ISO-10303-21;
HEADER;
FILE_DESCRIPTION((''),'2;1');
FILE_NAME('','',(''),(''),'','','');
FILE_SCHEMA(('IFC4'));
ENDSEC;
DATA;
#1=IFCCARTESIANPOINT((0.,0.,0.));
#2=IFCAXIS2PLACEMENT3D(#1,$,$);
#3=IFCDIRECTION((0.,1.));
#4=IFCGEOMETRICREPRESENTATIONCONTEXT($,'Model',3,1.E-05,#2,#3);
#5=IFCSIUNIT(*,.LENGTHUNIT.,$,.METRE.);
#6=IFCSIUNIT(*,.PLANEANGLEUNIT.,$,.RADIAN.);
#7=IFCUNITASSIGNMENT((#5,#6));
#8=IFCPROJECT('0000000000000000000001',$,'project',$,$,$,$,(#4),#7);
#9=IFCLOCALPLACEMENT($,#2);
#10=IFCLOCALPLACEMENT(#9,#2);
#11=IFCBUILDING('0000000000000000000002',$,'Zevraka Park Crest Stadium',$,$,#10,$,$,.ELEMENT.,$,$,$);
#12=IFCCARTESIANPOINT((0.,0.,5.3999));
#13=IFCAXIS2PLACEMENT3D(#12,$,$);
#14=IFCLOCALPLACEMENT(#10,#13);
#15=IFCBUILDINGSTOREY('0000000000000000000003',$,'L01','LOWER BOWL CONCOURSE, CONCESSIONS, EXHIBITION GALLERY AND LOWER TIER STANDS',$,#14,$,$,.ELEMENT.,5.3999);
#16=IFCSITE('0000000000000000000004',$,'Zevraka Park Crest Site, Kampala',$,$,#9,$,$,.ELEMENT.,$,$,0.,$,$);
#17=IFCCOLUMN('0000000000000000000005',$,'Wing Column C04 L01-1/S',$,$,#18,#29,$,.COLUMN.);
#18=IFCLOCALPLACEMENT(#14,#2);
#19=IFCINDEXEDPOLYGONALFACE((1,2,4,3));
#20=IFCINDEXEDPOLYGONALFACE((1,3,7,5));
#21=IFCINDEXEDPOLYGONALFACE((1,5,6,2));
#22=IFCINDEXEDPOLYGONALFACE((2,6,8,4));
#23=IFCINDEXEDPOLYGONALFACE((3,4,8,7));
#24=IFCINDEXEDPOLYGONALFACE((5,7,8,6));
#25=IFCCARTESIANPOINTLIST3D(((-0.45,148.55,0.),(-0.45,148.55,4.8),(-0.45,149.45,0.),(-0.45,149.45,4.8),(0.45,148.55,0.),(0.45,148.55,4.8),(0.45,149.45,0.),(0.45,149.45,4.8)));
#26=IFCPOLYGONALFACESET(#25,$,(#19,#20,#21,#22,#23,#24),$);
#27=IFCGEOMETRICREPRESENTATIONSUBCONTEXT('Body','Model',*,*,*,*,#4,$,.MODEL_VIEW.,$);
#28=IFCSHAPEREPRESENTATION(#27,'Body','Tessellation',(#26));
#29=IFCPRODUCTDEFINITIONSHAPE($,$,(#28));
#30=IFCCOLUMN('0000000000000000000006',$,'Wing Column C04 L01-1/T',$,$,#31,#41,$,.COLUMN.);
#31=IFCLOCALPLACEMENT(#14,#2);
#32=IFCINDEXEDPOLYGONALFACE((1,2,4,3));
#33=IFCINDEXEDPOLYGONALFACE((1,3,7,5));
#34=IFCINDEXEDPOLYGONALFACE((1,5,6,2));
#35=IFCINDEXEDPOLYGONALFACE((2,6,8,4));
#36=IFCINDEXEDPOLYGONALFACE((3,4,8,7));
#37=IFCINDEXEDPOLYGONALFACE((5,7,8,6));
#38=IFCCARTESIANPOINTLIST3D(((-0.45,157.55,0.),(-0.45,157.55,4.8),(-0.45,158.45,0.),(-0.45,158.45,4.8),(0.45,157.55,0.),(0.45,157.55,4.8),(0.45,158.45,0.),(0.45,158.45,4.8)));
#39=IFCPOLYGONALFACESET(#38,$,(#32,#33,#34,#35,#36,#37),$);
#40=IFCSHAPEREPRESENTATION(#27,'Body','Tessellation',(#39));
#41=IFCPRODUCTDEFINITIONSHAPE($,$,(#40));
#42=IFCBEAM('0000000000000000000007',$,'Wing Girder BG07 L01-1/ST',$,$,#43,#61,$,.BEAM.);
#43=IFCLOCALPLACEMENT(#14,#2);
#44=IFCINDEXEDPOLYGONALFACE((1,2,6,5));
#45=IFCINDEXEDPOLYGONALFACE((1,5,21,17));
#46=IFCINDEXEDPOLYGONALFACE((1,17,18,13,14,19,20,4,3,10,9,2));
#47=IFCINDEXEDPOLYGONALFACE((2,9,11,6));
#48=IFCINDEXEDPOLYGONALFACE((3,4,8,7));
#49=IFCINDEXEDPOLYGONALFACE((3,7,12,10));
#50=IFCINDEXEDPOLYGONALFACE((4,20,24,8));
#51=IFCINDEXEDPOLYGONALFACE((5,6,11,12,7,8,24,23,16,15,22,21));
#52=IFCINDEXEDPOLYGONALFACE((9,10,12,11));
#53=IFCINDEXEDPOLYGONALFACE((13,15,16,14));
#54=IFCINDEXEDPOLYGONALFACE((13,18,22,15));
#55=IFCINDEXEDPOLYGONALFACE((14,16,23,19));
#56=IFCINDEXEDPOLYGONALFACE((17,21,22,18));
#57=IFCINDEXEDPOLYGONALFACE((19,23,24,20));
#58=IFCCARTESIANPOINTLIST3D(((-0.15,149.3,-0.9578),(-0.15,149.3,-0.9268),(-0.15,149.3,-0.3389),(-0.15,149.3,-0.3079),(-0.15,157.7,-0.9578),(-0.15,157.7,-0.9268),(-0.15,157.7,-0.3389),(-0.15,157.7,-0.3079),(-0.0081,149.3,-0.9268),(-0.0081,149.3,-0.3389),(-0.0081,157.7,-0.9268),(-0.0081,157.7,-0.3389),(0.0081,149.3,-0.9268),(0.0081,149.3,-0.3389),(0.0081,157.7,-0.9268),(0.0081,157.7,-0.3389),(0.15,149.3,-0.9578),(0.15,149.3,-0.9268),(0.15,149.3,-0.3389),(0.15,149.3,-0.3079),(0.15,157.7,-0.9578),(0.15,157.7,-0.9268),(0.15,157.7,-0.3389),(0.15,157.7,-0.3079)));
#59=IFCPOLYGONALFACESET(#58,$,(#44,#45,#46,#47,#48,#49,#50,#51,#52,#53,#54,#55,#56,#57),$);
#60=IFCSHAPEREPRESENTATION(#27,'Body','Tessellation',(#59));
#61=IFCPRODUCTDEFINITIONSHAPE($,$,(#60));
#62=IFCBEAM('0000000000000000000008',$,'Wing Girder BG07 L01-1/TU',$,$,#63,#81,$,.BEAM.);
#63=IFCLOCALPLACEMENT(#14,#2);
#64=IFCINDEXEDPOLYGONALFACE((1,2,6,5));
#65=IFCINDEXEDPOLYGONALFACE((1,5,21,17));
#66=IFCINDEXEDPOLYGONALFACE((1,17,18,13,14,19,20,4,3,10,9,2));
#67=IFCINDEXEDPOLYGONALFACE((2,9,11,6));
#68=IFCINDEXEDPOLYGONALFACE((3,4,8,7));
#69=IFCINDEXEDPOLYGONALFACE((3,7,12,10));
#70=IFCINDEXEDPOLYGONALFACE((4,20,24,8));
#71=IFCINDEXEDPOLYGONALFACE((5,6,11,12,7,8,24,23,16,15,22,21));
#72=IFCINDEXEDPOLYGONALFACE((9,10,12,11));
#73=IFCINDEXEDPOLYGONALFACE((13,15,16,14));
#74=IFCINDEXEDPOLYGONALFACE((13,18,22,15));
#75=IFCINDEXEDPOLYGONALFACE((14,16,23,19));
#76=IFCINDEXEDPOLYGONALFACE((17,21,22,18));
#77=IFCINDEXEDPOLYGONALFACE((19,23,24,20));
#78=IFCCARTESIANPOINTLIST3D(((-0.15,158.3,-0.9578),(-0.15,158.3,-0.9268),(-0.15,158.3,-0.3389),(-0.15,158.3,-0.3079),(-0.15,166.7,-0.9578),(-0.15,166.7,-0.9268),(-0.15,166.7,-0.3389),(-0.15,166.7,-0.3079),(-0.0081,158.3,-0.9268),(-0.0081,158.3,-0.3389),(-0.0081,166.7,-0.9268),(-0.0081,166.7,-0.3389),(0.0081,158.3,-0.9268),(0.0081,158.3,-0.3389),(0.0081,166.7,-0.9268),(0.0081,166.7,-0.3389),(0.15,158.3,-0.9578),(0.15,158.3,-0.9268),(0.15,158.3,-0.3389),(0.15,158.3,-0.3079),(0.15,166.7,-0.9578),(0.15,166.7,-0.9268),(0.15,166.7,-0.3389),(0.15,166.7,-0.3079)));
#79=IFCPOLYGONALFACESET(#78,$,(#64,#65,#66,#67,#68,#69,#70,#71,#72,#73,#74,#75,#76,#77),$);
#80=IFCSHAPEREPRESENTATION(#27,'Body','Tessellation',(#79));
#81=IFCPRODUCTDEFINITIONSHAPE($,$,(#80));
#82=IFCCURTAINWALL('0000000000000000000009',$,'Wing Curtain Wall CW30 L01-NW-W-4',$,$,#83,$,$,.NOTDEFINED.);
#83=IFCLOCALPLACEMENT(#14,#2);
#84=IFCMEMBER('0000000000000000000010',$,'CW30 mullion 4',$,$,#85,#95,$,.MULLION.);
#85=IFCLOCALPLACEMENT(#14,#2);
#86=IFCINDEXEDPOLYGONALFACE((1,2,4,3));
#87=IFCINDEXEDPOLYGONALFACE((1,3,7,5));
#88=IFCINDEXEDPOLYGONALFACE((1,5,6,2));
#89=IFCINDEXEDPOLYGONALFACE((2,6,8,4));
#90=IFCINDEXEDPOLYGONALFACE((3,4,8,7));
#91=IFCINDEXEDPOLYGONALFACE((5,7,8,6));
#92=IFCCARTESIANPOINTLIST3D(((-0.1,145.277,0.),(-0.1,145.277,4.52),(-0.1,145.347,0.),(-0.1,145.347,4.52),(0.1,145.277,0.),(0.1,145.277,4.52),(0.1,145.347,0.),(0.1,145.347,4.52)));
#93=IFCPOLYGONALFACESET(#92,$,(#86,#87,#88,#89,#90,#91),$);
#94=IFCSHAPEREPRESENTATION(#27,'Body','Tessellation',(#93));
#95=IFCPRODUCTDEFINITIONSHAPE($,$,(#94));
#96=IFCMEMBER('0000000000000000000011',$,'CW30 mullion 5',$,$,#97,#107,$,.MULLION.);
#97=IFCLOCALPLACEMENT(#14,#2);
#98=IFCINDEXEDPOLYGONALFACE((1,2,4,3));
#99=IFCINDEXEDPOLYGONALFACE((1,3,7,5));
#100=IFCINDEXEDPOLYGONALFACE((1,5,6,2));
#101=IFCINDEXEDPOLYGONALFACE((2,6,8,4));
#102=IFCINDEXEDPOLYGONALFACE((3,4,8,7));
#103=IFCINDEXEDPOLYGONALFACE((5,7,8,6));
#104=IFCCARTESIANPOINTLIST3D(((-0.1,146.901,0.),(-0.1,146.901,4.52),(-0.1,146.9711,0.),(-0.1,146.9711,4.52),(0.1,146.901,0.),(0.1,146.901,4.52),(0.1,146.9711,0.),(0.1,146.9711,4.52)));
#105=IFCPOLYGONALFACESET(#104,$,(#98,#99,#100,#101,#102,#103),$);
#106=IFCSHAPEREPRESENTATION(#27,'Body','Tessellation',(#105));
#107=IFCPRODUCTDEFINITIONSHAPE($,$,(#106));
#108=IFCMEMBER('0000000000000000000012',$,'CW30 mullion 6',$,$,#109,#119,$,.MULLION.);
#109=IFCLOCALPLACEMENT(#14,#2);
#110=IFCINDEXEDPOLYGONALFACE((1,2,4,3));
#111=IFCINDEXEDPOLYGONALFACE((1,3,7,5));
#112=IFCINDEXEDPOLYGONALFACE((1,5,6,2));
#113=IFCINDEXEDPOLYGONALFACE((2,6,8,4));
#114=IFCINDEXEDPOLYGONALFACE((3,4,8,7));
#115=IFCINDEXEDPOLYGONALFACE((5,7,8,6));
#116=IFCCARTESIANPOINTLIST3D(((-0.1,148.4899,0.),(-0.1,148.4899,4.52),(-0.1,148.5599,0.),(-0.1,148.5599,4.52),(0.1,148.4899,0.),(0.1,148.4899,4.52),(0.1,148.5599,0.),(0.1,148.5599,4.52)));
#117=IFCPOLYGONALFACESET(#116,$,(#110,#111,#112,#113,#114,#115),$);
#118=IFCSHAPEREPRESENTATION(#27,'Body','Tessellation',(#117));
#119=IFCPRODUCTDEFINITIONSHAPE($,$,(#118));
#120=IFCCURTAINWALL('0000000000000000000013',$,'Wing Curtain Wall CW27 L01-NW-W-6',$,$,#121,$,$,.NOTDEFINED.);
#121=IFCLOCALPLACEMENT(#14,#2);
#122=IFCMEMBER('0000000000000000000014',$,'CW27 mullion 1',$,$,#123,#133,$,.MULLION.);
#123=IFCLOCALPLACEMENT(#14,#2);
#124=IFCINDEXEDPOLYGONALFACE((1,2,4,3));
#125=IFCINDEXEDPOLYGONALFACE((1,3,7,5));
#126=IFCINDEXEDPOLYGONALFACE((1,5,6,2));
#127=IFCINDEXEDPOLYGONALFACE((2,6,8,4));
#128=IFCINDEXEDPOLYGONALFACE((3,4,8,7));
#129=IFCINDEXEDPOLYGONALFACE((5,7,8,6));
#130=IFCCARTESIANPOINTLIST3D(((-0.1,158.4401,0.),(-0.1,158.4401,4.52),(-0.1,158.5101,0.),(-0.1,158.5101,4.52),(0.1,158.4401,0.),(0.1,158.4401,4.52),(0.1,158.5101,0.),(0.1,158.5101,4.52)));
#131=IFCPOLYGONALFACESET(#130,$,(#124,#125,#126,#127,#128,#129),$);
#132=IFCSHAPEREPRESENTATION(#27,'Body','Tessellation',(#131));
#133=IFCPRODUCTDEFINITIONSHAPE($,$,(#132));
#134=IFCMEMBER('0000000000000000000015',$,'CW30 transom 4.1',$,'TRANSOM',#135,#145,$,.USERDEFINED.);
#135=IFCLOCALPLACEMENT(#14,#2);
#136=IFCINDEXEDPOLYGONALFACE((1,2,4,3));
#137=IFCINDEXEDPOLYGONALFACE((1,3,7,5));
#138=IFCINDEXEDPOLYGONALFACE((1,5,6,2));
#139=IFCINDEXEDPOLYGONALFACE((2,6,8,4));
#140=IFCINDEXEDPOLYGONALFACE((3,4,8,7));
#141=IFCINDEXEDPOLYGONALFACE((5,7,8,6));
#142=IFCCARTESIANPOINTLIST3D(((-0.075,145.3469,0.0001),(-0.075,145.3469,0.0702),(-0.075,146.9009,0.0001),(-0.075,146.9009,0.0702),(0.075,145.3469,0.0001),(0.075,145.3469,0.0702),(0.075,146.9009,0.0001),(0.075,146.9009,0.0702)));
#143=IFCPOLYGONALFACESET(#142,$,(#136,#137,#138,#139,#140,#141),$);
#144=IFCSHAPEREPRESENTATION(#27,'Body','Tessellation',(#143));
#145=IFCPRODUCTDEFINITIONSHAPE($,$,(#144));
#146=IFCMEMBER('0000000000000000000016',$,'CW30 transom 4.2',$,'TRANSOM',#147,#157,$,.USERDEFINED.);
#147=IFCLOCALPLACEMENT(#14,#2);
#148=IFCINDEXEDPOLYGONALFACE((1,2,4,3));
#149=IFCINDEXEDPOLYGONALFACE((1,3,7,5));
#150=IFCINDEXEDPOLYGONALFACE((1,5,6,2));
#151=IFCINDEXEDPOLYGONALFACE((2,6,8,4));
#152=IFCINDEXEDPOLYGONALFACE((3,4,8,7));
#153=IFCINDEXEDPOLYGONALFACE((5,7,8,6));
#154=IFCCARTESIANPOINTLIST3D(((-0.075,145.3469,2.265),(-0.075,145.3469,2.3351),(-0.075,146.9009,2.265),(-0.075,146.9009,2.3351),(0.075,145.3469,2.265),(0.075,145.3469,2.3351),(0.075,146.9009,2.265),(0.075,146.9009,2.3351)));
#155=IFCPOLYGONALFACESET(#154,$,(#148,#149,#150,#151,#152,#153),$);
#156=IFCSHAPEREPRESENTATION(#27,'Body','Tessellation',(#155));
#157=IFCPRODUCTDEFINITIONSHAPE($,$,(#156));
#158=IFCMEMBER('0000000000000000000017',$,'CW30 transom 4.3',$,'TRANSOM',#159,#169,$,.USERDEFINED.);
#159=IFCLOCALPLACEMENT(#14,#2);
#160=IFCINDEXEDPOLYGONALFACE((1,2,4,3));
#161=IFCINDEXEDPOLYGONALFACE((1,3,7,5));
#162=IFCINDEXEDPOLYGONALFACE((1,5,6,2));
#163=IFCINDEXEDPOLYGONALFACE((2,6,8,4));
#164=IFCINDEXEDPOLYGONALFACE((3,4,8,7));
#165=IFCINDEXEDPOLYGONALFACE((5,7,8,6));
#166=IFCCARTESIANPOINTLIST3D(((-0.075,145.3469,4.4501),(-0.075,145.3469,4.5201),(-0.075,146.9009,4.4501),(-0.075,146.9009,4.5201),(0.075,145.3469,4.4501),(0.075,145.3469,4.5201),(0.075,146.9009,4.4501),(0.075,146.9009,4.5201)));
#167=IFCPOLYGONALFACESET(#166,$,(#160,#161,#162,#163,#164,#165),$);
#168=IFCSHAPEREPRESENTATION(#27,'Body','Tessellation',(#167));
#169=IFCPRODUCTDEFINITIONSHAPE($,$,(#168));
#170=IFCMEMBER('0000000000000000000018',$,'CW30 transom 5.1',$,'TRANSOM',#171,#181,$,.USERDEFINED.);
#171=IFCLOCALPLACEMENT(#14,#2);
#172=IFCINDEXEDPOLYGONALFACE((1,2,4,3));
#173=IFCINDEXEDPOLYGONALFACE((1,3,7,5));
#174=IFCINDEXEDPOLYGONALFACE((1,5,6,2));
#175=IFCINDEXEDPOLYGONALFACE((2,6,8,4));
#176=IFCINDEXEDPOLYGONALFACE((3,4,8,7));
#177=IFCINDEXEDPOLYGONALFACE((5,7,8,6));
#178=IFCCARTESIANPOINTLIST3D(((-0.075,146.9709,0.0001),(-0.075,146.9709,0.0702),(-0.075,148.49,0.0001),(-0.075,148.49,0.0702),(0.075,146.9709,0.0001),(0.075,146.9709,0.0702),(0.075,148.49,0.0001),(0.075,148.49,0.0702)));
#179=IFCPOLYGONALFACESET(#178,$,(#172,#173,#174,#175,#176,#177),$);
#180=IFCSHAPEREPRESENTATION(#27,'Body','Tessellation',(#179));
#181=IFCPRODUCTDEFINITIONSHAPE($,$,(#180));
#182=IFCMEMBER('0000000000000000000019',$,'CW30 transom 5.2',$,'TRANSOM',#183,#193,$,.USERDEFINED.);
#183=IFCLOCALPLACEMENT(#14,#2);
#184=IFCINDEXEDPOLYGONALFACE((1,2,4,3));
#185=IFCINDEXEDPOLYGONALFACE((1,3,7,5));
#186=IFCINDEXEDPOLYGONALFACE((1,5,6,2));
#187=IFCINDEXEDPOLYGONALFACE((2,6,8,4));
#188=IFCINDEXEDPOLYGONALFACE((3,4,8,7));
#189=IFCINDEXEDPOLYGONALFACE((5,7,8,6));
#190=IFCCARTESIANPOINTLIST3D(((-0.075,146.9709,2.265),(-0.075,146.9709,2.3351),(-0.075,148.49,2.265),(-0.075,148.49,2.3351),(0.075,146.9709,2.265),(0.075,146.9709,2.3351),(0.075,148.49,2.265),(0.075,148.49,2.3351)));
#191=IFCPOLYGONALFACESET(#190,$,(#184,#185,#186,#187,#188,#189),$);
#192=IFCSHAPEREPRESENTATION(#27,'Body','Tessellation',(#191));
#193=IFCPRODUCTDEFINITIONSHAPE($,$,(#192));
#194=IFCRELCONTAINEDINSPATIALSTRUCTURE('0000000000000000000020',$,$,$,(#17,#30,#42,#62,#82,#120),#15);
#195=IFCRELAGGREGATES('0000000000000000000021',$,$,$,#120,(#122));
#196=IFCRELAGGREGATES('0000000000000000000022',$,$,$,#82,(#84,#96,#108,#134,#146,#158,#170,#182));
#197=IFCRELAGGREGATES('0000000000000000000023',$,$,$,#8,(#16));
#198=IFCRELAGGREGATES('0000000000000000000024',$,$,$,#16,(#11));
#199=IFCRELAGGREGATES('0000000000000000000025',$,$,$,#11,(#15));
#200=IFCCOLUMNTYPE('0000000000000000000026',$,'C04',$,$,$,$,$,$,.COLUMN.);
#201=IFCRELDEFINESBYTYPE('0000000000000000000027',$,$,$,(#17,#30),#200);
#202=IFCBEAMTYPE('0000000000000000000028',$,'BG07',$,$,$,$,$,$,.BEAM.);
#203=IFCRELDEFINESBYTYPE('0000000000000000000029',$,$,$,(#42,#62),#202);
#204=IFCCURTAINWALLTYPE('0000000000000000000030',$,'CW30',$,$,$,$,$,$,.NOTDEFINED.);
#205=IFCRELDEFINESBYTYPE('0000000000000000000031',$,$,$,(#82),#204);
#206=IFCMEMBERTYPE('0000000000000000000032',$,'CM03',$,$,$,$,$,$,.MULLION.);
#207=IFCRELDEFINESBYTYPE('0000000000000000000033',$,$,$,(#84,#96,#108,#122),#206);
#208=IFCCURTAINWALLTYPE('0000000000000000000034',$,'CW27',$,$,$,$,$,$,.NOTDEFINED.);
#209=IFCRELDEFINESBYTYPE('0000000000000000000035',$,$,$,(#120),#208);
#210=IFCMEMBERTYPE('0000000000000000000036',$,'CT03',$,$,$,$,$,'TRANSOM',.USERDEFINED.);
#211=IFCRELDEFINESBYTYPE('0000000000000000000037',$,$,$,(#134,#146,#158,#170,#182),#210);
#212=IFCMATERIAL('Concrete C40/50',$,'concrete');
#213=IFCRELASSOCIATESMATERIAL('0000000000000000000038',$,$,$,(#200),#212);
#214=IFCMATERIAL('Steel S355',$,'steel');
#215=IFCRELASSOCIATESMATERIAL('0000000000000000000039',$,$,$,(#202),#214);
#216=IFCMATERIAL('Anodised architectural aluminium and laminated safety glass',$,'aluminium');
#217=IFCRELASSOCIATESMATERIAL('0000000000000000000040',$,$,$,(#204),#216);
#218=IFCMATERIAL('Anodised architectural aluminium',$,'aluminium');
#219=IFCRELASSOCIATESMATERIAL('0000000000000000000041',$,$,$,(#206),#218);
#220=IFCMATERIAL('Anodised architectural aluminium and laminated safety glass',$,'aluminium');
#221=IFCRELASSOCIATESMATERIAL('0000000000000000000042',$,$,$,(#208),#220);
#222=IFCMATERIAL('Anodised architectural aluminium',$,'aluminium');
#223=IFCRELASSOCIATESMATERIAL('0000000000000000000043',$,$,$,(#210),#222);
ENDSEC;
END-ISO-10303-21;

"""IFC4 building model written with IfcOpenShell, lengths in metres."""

from ifc_helpers import new_model, si_unit, direction, frame, origin, origin_2d, place, context, subcontext, project, spatial, rectangle, i_section, extrude, material, material_profile, profile_set, type_object, element, aggregate, save


model = new_model("IFC4")

# Units and contexts
model_context = context("Model", 3, precision=1e-05, world=origin(), true_north=direction((0.0, 1.0)))
body_context = subcontext(model_context, "Body", "Model", "MODEL_VIEW")
ifc_project = project(units=[si_unit("LENGTHUNIT", "METRE"), si_unit("PLANEANGLEUNIT", "RADIAN")], contexts=[model_context])

# Site, building, storey
site_placement = place(None, origin())
site = spatial("IfcSite", under=ifc_project, at=site_placement, Name="Zevraka Park Crest Site, Kampala", CompositionType="ELEMENT", RefElevation=0.0)
building_placement = place(site_placement, origin())
building = spatial("IfcBuilding", under=site, at=building_placement, Name="Zevraka Park Crest Stadium", CompositionType="ELEMENT")
storey_placement = place(building_placement, frame((0.0, 0.0, 5.3999)))
storey = spatial("IfcBuildingStorey", under=building, at=storey_placement, Name="L01", Description="LOWER BOWL CONCOURSE, CONCESSIONS, EXHIBITION GALLERY AND LOWER TIER STANDS", CompositionType="ELEMENT", Elevation=5.3999)

# Columns
ifc_material_1 = material(Name="Concrete C40/50", Category="concrete")
ifc_material_profile_1 = material_profile(ifc_material_1, rectangle(XDim=0.8999, YDim=0.8999, at=origin_2d()), Name="RC 900x900")
ifc_profile_set_1 = profile_set([ifc_material_profile_1], Name="Concrete C40/50")
column_type = type_object("IfcColumnType", Name="C04", PredefinedType="COLUMN", material=ifc_profile_set_1)
for number, where, z_axis, x_axis, name in (
    (1, (0.0, 149.0, 0.0), (0.0, 0.0, 1.0), (1.0, 0.0, 0.0), "Wing Column C04 L01-1/S"),
    (2, (0.0, 158.0, 0.0), (0.0, 0.0, 1.0), (1.0, 0.0, 0.0), "Wing Column C04 L01-1/T"),
):
    element("IfcColumn", number, at=place(storey_placement, frame(where, z_axis=z_axis, x_axis=x_axis)), inside=storey, type_object=column_type, Name=name, PredefinedType="COLUMN", context=body_context, shape_type="SweptSolid", body=[
        extrude(rectangle(XDim=0.8999, YDim=0.8999, at=origin_2d()), origin(), (0.0, 0.0, 1.0), 4.8),
    ])

# Beams
ifc_material_2 = material(Name="Steel S355", Category="steel")
ifc_material_profile_2 = material_profile(ifc_material_2, i_section(OverallWidth=0.3, OverallDepth=0.6499, WebThickness=0.0161, FlangeThickness=0.031, at=origin_2d()), Name="HEB 650")
ifc_profile_set_2 = profile_set([ifc_material_profile_2], Name="Steel S355")
beam_type = type_object("IfcBeamType", Name="BG07", PredefinedType="BEAM", material=ifc_profile_set_2)
for number, where, z_axis, x_axis, name in (
    (3, (0.0, 149.3, -0.6328), (0.0, 1.0, 0.0), (-1.0, 0.0, 0.0), "Wing Girder BG07 L01-1/ST"),
    (4, (0.0, 158.3, -0.6328), (0.0, 1.0, 0.0), (-1.0, 0.0, 0.0), "Wing Girder BG07 L01-1/TU"),
):
    element("IfcBeam", number, at=place(storey_placement, frame(where, z_axis=z_axis, x_axis=x_axis)), inside=storey, type_object=beam_type, Name=name, PredefinedType="BEAM", context=body_context, shape_type="SweptSolid", body=[
        extrude(i_section(OverallWidth=0.3, OverallDepth=0.6499, WebThickness=0.0161, FlangeThickness=0.031, at=origin_2d()), origin(), (0.0, 0.0, 1.0), 8.3999),
    ])

# Curtain wall, members
ifc_material_3 = material(Name="Anodised architectural aluminium and laminated safety glass", Category="aluminium")
curtain_wall_type_1 = type_object("IfcCurtainWallType", Name="CW30", PredefinedType="NOTDEFINED", material=ifc_material_3)
curtain_wall_1_placement = place(storey_placement, origin())
curtain_wall_1 = element("IfcCurtainWall", 5, at=curtain_wall_1_placement, inside=storey, type_object=curtain_wall_type_1, Name="Wing Curtain Wall CW30 L01-NW-W-4", PredefinedType="NOTDEFINED")
ifc_material_4 = material(Name="Anodised architectural aluminium", Category="aluminium")
ifc_material_profile_3 = material_profile(ifc_material_4, rectangle(XDim=0.2, YDim=0.0701, at=origin_2d()), Name="ALU MULLION 200x70")
ifc_profile_set_3 = profile_set([ifc_material_profile_3], Name="Anodised architectural aluminium")
member_type_1 = type_object("IfcMemberType", Name="CM03", PredefinedType="MULLION", material=ifc_profile_set_3)
member_1_placement = place(storey_placement, frame((0.0, 145.312, 0.0), z_axis=(0.0, 0.0, 1.0), x_axis=(-1.0, 0.0, 0.0)))
member_1 = element("IfcMember", 6, at=member_1_placement, type_object=member_type_1, Name="CW30 mullion 4", PredefinedType="MULLION", context=body_context, shape_type="SweptSolid", body=[
    extrude(rectangle(XDim=0.2, YDim=0.0701, at=origin_2d()), origin(), (0.0, 0.0, 1.0), 4.52),
])
member_2_placement = place(storey_placement, frame((0.0, 146.936, 0.0), z_axis=(0.0, 0.0, 1.0), x_axis=(-1.0, 0.0, 0.0)))
member_2 = element("IfcMember", 7, at=member_2_placement, type_object=member_type_1, Name="CW30 mullion 5", PredefinedType="MULLION", context=body_context, shape_type="SweptSolid", body=[
    extrude(rectangle(XDim=0.2, YDim=0.0701, at=origin_2d()), origin(), (0.0, 0.0, 1.0), 4.52),
])
member_3_placement = place(storey_placement, frame((0.0, 148.5249, 0.0), z_axis=(0.0, 0.0, 1.0), x_axis=(-1.0, 0.0, 0.0)))
member_3 = element("IfcMember", 8, at=member_3_placement, type_object=member_type_1, Name="CW30 mullion 6", PredefinedType="MULLION", context=body_context, shape_type="SweptSolid", body=[
    extrude(rectangle(XDim=0.2, YDim=0.0701, at=origin_2d()), origin(), (0.0, 0.0, 1.0), 4.52),
])

# Curtain wall, member
ifc_material_5 = material(Name="Anodised architectural aluminium and laminated safety glass", Category="aluminium")
curtain_wall_type_2 = type_object("IfcCurtainWallType", Name="CW27", PredefinedType="NOTDEFINED", material=ifc_material_5)
curtain_wall_2_placement = place(storey_placement, origin())
curtain_wall_2 = element("IfcCurtainWall", 9, at=curtain_wall_2_placement, inside=storey, type_object=curtain_wall_type_2, Name="Wing Curtain Wall CW27 L01-NW-W-6", PredefinedType="NOTDEFINED")
member_4_placement = place(storey_placement, frame((0.0, 158.4751, 0.0), z_axis=(0.0, 0.0, 1.0), x_axis=(-1.0, 0.0, 0.0)))
member_4 = element("IfcMember", 10, at=member_4_placement, type_object=member_type_1, Name="CW27 mullion 1", PredefinedType="MULLION", context=body_context, shape_type="SweptSolid", body=[
    extrude(rectangle(XDim=0.2, YDim=0.0701, at=origin_2d()), origin(), (0.0, 0.0, 1.0), 4.52),
])

# Members
ifc_material_6 = material(Name="Anodised architectural aluminium", Category="aluminium")
ifc_material_profile_4 = material_profile(ifc_material_6, rectangle(XDim=0.1499, YDim=0.0701, at=origin_2d()), Name="ALU TRANSOM 150x70")
ifc_profile_set_4 = profile_set([ifc_material_profile_4], Name="Anodised architectural aluminium")
member_type_2 = type_object("IfcMemberType", Name="CT03", ElementType="TRANSOM", PredefinedType="USERDEFINED", material=ifc_profile_set_4)
member_5_placement = place(storey_placement, frame((0.0, 145.3469, 0.0352), z_axis=(0.0, 1.0, 0.0), x_axis=(-1.0, 0.0, 0.0)))
member_5 = element("IfcMember", 11, at=member_5_placement, type_object=member_type_2, Name="CW30 transom 4.1", ObjectType="TRANSOM", PredefinedType="USERDEFINED", context=body_context, shape_type="SweptSolid", body=[
    extrude(rectangle(XDim=0.1499, YDim=0.0701, at=origin_2d()), origin(), (0.0, 0.0, 1.0), 1.554),
])
member_6_placement = place(storey_placement, frame((0.0, 145.3469, 2.3), z_axis=(0.0, 1.0, 0.0), x_axis=(-1.0, 0.0, 0.0)))
member_6 = element("IfcMember", 12, at=member_6_placement, type_object=member_type_2, Name="CW30 transom 4.2", ObjectType="TRANSOM", PredefinedType="USERDEFINED", context=body_context, shape_type="SweptSolid", body=[
    extrude(rectangle(XDim=0.1499, YDim=0.0701, at=origin_2d()), origin(), (0.0, 0.0, 1.0), 1.554),
])
member_7_placement = place(storey_placement, frame((0.0, 145.3469, 4.4851), z_axis=(0.0, 1.0, 0.0), x_axis=(-1.0, 0.0, 0.0)))
member_7 = element("IfcMember", 13, at=member_7_placement, type_object=member_type_2, Name="CW30 transom 4.3", ObjectType="TRANSOM", PredefinedType="USERDEFINED", context=body_context, shape_type="SweptSolid", body=[
    extrude(rectangle(XDim=0.1499, YDim=0.0701, at=origin_2d()), origin(), (0.0, 0.0, 1.0), 1.554),
])
member_8_placement = place(storey_placement, frame((0.0, 146.9709, 0.0352), z_axis=(0.0, 1.0, 0.0), x_axis=(-1.0, 0.0, 0.0)))
member_8 = element("IfcMember", 14, at=member_8_placement, type_object=member_type_2, Name="CW30 transom 5.1", ObjectType="TRANSOM", PredefinedType="USERDEFINED", context=body_context, shape_type="SweptSolid", body=[
    extrude(rectangle(XDim=0.1499, YDim=0.0701, at=origin_2d()), origin(), (0.0, 0.0, 1.0), 1.519),
])
member_9_placement = place(storey_placement, frame((0.0, 146.9709, 2.3), z_axis=(0.0, 1.0, 0.0), x_axis=(-1.0, 0.0, 0.0)))
member_9 = element("IfcMember", 15, at=member_9_placement, type_object=member_type_2, Name="CW30 transom 5.2", ObjectType="TRANSOM", PredefinedType="USERDEFINED", context=body_context, shape_type="SweptSolid", body=[
    extrude(rectangle(XDim=0.1499, YDim=0.0701, at=origin_2d()), origin(), (0.0, 0.0, 1.0), 1.519),
])
aggregate(curtain_wall_2, [member_4])

aggregate(curtain_wall_1, [member_1, member_2, member_3, member_5, member_6, member_7, member_8, member_9])

save(model, "model.ifc")
